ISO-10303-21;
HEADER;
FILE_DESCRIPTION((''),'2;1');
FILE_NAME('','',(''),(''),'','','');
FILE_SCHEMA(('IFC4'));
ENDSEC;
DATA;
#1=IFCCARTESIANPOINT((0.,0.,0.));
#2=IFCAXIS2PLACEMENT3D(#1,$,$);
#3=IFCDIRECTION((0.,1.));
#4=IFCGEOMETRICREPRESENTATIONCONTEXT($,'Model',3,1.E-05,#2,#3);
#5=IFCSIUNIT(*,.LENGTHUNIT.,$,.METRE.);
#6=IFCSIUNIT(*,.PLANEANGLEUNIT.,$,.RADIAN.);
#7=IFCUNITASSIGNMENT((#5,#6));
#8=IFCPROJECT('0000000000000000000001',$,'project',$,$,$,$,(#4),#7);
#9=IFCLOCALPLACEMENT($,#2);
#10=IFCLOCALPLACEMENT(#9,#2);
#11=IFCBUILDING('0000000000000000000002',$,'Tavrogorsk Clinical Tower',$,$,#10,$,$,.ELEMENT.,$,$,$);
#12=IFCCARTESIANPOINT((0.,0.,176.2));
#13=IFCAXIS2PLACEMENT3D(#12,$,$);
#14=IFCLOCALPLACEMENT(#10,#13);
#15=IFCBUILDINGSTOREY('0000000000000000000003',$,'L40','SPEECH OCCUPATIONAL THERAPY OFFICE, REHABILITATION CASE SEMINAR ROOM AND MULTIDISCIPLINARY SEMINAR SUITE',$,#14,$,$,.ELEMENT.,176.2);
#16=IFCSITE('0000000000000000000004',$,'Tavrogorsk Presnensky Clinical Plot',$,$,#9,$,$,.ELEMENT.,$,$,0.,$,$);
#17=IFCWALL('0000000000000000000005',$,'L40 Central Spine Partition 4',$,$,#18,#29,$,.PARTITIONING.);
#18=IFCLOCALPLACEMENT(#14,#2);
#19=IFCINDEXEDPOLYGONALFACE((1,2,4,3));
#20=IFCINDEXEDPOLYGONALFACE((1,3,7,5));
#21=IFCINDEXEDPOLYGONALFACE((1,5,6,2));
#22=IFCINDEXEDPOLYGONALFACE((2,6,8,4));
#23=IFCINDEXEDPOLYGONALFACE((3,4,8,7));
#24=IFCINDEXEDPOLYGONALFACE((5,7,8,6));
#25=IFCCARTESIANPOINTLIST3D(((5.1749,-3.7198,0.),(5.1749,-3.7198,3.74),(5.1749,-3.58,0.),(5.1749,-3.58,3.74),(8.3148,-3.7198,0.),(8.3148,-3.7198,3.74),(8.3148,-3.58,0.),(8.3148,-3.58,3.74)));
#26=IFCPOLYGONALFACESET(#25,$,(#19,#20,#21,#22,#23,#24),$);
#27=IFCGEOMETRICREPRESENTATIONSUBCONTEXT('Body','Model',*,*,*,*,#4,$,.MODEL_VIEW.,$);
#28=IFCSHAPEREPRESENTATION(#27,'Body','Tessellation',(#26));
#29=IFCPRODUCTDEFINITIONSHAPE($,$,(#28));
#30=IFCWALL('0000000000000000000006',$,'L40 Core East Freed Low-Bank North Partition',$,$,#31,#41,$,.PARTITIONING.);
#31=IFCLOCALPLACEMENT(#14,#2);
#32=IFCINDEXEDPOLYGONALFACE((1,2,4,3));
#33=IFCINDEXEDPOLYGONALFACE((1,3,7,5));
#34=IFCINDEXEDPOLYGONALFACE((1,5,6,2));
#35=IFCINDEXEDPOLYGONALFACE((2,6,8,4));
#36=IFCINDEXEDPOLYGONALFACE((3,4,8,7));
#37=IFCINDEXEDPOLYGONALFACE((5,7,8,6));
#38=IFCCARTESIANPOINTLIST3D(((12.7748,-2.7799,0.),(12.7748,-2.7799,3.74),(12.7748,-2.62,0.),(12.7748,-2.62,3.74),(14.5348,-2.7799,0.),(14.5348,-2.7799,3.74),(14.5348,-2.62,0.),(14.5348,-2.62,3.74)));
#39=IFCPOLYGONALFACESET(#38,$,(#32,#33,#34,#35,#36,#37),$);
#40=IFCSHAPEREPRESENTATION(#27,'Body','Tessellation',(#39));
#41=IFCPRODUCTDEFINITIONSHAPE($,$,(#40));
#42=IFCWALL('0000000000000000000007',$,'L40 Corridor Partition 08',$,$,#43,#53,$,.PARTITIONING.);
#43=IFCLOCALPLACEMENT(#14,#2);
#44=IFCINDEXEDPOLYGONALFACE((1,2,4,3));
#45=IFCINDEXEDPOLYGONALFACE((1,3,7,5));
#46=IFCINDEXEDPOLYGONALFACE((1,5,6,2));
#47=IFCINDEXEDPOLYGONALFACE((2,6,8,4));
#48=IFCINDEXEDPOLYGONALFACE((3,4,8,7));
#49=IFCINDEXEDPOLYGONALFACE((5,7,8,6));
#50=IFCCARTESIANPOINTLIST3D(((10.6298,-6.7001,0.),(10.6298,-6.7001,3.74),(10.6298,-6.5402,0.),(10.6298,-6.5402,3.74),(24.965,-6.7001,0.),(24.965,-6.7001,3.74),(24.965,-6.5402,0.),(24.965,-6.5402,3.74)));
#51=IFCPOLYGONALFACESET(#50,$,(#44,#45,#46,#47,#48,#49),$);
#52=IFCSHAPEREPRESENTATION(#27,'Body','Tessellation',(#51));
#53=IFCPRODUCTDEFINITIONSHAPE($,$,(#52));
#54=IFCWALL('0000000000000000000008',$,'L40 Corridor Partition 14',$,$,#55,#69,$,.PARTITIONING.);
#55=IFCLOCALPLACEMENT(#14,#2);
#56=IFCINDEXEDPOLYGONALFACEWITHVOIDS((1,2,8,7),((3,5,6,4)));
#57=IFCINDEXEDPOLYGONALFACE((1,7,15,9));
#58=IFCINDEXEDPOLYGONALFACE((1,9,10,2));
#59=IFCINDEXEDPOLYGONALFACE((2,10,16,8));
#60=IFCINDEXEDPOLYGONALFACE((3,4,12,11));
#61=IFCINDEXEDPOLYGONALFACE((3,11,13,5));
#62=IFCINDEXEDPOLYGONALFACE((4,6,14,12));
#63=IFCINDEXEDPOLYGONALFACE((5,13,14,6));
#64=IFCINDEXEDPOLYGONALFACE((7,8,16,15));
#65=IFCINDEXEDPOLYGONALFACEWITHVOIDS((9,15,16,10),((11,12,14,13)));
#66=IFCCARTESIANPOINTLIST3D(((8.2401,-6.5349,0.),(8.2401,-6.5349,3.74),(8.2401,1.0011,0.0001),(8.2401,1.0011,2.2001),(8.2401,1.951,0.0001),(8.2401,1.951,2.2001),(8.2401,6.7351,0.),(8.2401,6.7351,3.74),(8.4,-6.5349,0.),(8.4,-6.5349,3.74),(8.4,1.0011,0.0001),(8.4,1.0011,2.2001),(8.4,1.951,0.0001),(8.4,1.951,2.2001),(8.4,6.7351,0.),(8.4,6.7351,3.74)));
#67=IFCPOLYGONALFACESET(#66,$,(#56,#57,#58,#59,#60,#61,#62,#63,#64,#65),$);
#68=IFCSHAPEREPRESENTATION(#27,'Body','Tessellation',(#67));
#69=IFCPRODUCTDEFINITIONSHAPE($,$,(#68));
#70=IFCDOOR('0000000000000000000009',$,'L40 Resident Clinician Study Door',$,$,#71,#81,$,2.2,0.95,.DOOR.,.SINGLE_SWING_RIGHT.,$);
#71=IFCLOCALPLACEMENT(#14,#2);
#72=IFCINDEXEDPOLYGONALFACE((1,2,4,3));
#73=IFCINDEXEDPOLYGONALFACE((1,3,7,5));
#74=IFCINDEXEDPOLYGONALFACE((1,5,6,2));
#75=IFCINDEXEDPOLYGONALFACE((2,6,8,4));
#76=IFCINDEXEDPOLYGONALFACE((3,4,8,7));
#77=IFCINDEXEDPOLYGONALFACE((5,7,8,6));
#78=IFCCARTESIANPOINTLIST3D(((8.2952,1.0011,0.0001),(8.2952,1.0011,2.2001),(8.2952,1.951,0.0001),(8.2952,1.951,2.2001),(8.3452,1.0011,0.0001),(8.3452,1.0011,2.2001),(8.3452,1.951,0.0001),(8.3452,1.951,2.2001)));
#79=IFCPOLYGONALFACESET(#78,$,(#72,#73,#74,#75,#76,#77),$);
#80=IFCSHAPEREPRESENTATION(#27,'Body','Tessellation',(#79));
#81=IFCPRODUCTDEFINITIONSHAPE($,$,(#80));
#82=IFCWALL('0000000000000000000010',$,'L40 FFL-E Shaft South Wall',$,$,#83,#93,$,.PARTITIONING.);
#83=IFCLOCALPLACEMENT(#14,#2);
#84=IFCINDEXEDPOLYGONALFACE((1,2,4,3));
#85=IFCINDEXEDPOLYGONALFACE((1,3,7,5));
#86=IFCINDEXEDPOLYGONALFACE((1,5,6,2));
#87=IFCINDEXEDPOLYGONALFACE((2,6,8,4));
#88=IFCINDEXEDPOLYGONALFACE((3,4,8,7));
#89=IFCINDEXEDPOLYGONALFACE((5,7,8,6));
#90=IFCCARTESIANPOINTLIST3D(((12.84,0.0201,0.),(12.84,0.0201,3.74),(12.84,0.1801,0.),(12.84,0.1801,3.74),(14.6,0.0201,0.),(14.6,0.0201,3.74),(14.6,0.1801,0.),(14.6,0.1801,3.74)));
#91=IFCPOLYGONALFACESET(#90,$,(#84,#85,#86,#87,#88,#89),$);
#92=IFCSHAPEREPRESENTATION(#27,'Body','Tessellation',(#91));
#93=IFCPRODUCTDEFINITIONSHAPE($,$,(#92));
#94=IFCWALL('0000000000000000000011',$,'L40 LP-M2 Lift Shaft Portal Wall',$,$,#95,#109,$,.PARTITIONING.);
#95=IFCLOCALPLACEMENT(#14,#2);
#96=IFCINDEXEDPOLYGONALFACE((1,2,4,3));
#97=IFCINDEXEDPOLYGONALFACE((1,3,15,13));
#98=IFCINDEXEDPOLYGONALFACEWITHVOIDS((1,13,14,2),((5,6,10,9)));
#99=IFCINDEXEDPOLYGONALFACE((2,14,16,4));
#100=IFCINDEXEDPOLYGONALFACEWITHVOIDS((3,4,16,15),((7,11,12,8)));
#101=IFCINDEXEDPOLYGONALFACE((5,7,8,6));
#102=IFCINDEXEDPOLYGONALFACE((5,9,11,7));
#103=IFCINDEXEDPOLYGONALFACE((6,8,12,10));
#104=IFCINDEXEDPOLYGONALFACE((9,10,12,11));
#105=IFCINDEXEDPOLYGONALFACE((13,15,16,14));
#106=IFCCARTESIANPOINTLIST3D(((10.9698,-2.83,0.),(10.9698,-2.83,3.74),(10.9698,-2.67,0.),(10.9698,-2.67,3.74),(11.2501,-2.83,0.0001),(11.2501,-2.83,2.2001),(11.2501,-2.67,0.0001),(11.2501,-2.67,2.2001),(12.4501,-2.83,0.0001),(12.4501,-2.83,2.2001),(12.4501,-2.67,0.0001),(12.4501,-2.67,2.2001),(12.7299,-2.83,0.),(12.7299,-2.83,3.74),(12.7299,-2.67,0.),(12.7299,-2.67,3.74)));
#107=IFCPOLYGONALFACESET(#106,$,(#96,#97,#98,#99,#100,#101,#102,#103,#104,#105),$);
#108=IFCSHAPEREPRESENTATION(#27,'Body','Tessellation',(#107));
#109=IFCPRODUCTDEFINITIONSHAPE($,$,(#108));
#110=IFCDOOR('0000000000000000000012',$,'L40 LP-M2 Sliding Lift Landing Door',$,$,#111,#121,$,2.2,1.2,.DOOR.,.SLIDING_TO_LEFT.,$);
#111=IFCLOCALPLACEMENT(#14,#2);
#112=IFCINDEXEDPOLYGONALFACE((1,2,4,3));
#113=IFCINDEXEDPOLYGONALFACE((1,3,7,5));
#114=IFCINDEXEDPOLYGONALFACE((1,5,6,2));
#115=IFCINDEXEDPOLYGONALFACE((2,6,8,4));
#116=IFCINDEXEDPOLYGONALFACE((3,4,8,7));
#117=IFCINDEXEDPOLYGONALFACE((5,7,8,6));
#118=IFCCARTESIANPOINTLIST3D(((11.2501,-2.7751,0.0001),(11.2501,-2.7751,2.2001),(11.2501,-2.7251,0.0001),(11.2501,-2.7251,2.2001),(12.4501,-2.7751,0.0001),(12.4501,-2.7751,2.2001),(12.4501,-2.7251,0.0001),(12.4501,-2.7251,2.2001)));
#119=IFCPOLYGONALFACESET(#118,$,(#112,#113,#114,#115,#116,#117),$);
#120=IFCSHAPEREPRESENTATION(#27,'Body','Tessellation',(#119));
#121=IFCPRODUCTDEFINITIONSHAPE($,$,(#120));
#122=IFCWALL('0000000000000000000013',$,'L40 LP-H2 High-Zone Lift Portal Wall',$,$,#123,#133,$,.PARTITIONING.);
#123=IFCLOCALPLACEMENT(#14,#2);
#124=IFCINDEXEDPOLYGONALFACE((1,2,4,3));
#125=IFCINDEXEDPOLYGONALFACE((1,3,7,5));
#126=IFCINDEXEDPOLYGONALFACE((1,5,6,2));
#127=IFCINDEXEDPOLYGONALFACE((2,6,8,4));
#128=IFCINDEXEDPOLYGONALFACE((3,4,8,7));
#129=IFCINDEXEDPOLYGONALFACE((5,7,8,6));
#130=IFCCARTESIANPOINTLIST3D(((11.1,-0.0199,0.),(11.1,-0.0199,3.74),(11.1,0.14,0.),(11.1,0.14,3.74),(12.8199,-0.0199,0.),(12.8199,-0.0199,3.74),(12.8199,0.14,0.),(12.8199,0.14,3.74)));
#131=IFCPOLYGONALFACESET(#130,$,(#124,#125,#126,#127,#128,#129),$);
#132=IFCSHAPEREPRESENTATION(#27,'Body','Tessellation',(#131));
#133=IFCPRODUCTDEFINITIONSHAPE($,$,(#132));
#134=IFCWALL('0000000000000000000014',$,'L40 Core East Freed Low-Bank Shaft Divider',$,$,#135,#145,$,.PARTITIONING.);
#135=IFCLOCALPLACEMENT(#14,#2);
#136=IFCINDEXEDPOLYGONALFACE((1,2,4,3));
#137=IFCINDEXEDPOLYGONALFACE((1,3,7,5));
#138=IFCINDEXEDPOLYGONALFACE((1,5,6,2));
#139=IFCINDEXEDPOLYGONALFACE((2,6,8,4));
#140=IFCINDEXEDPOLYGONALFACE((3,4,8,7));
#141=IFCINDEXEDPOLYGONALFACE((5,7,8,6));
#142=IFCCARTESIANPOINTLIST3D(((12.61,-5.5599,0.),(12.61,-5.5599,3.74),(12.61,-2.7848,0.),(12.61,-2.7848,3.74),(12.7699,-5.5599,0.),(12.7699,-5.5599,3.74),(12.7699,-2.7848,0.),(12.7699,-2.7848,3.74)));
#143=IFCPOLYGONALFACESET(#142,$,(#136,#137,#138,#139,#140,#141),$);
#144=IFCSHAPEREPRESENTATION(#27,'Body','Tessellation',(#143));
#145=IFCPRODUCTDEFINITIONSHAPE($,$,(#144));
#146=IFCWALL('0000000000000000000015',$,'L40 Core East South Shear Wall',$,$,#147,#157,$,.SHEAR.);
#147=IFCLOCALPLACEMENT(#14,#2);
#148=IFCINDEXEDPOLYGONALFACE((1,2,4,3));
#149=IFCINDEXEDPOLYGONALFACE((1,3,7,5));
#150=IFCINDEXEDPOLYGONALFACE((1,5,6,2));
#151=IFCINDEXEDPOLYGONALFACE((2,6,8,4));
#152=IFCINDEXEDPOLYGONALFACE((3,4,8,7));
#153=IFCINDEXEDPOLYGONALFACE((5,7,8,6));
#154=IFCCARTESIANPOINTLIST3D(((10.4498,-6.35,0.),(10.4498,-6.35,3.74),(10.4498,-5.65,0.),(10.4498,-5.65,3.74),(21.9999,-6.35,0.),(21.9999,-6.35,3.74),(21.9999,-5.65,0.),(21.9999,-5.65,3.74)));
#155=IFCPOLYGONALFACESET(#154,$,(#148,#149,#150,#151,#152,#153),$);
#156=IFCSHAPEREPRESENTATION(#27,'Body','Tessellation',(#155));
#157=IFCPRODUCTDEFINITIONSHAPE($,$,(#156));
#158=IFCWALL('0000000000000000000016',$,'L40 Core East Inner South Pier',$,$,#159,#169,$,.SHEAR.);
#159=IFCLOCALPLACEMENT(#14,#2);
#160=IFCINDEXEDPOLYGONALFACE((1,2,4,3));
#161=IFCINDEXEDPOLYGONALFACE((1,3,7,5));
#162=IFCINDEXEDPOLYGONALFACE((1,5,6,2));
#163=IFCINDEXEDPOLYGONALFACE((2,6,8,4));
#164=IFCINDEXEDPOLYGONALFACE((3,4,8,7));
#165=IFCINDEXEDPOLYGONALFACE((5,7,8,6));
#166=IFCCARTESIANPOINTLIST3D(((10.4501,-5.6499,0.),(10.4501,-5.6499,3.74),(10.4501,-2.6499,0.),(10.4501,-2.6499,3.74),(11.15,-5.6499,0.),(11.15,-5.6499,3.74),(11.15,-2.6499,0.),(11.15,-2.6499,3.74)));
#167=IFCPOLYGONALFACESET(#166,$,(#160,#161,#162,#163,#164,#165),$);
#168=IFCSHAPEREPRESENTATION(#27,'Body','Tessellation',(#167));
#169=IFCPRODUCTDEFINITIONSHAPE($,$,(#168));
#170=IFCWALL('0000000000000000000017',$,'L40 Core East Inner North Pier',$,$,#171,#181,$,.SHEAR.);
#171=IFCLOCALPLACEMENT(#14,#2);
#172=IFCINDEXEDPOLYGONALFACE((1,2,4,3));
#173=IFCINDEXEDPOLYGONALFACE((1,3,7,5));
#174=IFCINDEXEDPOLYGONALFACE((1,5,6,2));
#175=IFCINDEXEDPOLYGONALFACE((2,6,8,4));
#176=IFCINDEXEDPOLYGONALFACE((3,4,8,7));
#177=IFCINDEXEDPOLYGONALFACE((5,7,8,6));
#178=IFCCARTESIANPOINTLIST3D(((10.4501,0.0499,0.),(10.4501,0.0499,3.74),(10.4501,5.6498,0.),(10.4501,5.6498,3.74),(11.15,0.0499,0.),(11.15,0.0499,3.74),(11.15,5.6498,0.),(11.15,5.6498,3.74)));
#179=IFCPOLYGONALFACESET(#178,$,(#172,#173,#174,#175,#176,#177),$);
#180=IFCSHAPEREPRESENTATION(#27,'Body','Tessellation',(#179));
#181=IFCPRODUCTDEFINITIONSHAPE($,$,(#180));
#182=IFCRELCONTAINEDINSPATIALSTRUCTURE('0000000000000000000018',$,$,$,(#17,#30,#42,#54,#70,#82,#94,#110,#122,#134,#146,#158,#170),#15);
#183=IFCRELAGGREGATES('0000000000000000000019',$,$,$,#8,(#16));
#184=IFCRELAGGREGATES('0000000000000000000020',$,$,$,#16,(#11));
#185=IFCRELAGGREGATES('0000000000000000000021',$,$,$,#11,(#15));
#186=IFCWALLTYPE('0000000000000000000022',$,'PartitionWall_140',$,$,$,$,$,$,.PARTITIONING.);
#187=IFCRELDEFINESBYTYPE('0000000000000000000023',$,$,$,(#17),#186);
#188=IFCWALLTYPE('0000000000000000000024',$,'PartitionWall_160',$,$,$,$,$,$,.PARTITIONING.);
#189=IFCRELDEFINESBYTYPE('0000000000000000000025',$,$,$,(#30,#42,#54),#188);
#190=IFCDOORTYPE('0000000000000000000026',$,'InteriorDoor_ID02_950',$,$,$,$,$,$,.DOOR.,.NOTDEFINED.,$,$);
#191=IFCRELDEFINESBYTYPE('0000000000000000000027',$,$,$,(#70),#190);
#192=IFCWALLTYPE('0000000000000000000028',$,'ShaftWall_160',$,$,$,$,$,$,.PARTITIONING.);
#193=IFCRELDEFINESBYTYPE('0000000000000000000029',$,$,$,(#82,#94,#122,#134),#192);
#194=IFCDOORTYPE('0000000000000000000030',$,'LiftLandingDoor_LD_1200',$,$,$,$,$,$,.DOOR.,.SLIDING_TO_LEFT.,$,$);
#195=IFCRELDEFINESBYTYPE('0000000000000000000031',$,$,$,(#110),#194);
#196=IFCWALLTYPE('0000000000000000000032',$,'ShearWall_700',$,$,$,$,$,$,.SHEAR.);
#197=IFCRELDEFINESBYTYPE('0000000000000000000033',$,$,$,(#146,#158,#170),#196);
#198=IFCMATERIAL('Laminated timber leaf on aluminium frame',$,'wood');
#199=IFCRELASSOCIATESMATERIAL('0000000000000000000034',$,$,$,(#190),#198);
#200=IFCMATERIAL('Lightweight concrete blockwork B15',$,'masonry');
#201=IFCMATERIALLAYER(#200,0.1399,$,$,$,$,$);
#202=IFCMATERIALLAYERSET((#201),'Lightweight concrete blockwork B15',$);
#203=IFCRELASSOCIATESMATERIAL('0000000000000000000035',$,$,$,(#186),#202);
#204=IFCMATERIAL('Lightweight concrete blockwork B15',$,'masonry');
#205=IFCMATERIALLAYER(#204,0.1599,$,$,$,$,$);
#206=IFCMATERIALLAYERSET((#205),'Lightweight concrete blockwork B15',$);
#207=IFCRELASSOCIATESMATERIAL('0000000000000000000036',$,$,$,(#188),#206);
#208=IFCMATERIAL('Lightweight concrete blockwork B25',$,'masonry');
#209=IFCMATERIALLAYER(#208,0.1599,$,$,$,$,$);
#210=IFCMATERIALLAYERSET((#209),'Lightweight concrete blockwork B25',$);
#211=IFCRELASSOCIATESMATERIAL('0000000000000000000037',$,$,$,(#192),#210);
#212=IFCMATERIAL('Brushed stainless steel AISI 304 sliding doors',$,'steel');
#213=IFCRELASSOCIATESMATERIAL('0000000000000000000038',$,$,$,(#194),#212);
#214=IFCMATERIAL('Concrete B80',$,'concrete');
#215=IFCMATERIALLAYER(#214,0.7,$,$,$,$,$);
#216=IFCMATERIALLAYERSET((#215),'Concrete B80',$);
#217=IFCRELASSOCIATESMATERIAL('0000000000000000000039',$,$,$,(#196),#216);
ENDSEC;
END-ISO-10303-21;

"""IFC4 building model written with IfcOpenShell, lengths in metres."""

from ifc_helpers import new_model, si_unit, direction, frame, frame_2d, origin, place, context, subcontext, project, spatial, rectangle, extrude, material, layer, layer_set, type_object, element, fill, save


model = new_model("IFC4")

# Units and contexts
model_context = context("Model", 3, precision=1e-05, world=origin(), true_north=direction((0.0, 1.0)))
body_context = subcontext(model_context, "Body", "Model", "MODEL_VIEW")
ifc_project = project(units=[si_unit("LENGTHUNIT", "METRE"), si_unit("PLANEANGLEUNIT", "RADIAN")], contexts=[model_context])

# Site, building, storey
site_placement = place(None, origin())
site = spatial("IfcSite", under=ifc_project, at=site_placement, Name="Tavrogorsk Presnensky Clinical Plot", CompositionType="ELEMENT", RefElevation=0.0)
building_placement = place(site_placement, origin())
building = spatial("IfcBuilding", under=site, at=building_placement, Name="Tavrogorsk Clinical Tower", CompositionType="ELEMENT")
storey_placement = place(building_placement, frame((0.0, 0.0, 176.2)))
storey = spatial("IfcBuildingStorey", under=building, at=storey_placement, Name="L40", Description="SPEECH OCCUPATIONAL THERAPY OFFICE, REHABILITATION CASE SEMINAR ROOM AND MULTIDISCIPLINARY SEMINAR SUITE", CompositionType="ELEMENT", Elevation=176.2)

# Shared definitions
ifc_material_1 = material(Name="Laminated timber leaf on aluminium frame", Category="wood")
door_type_1 = type_object("IfcDoorType", Name="InteriorDoor_ID02_950", OperationType="NOTDEFINED", PredefinedType="DOOR", material=ifc_material_1)

# Walls
ifc_material_2 = material(Name="Lightweight concrete blockwork B15", Category="masonry")
ifc_layer_1 = layer(ifc_material_2, 0.1399)
ifc_layer_set_1 = layer_set([ifc_layer_1], Name="Lightweight concrete blockwork B15")
wall_type_1 = type_object("IfcWallType", Name="PartitionWall_140", PredefinedType="PARTITIONING", material=ifc_layer_set_1)
wall_1_placement = place(storey_placement, frame((5.175, -3.6499, 0.0), z_axis=(0.0, 0.0, 1.0), x_axis=(1.0, 0.0, 0.0)))
element("IfcWall", 1, at=wall_1_placement, inside=storey, type_object=wall_type_1, Name="L40 Central Spine Partition 4", PredefinedType="PARTITIONING", context=body_context, shape_type="SweptSolid", body=[
    extrude(rectangle(XDim=3.1399, YDim=0.1399, at=frame_2d((1.5698, 0.0))), origin(), (0.0, 0.0, 1.0), 3.74),
])
ifc_material_3 = material(Name="Lightweight concrete blockwork B15", Category="masonry")
ifc_layer_2 = layer(ifc_material_3, 0.1599)
ifc_layer_set_2 = layer_set([ifc_layer_2], Name="Lightweight concrete blockwork B15")
wall_type_2 = type_object("IfcWallType", Name="PartitionWall_160", PredefinedType="PARTITIONING", material=ifc_layer_set_2)
wall_2_placement = place(storey_placement, frame((12.7749, -2.7, 0.0), z_axis=(0.0, 0.0, 1.0), x_axis=(1.0, 0.0, 0.0)))
element("IfcWall", 2, at=wall_2_placement, inside=storey, type_object=wall_type_2, Name="L40 Core East Freed Low-Bank North Partition", PredefinedType="PARTITIONING", context=body_context, shape_type="SweptSolid", body=[
    extrude(rectangle(XDim=1.76, YDim=0.1599, at=frame_2d((0.8799, 0.0))), origin(), (0.0, 0.0, 1.0), 3.74),
])
wall_3_placement = place(storey_placement, frame((10.6299, -6.6201, 0.0), z_axis=(0.0, 0.0, 1.0), x_axis=(1.0, 0.0, 0.0)))
element("IfcWall", 3, at=wall_3_placement, inside=storey, type_object=wall_type_2, Name="L40 Corridor Partition 08", PredefinedType="PARTITIONING", context=body_context, shape_type="SweptSolid", body=[
    extrude(rectangle(XDim=14.3352, YDim=0.1599, at=frame_2d((7.1675, 0.0))), origin(), (0.0, 0.0, 1.0), 3.74),
])

# Wall, opening, door
wall_4_placement = place(storey_placement, frame((8.3201, -6.5349, 0.0), z_axis=(0.0, 0.0, 1.0), x_axis=(0.0, 1.0, 0.0)))
wall_4 = element("IfcWall", 4, at=wall_4_placement, inside=storey, type_object=wall_type_2, Name="L40 Corridor Partition 14", PredefinedType="PARTITIONING", context=body_context, shape_type="SweptSolid", body=[
    extrude(rectangle(XDim=13.27, YDim=0.1599, at=frame_2d((6.635, 0.0))), origin(), (0.0, 0.0, 1.0), 3.74),
])
opening_1_placement = place(wall_4_placement, frame((7.5359, 0.0, 0.0)))
opening_1 = element("IfcOpeningElement", 5, at=opening_1_placement, cuts=wall_4, PredefinedType="OPENING", context=body_context, shape_type="SweptSolid", body=[
    extrude(rectangle(XDim=0.95, YDim=2.2, at=frame_2d((0.4751, 1.1001))), frame((0.0, 0.0898, 0.0), z_axis=(0.0, -1.0, 0.0), x_axis=(1.0, 0.0, 0.0)), (0.0, 0.0, 1.0), 0.1799),
])
door_1_placement = place(opening_1_placement, origin())
door_1 = element("IfcDoor", 6, at=door_1_placement, inside=storey, type_object=door_type_1, Name="L40 Resident Clinician Study Door", OperationType="SINGLE_SWING_RIGHT", OverallHeight=2.2, OverallWidth=0.95, PredefinedType="DOOR", context=body_context, shape_type="SweptSolid", body=[
    extrude(rectangle(XDim=0.95, YDim=2.2, at=frame_2d((0.4751, 1.1001))), frame((0.0, 0.0249, 0.0), z_axis=(0.0, -1.0, 0.0), x_axis=(1.0, 0.0, 0.0)), (0.0, 0.0, 1.0), 0.05),
])
fill(opening_1, door_1)

# Wall
ifc_material_4 = material(Name="Lightweight concrete blockwork B25", Category="masonry")
ifc_layer_3 = layer(ifc_material_4, 0.1599)
ifc_layer_set_3 = layer_set([ifc_layer_3], Name="Lightweight concrete blockwork B25")
wall_type_3 = type_object("IfcWallType", Name="ShaftWall_160", PredefinedType="PARTITIONING", material=ifc_layer_set_3)
wall_5_placement = place(storey_placement, frame((12.8401, 0.1001, 0.0), z_axis=(0.0, 0.0, 1.0), x_axis=(1.0, 0.0, 0.0)))
element("IfcWall", 7, at=wall_5_placement, inside=storey, type_object=wall_type_3, Name="L40 FFL-E Shaft South Wall", PredefinedType="PARTITIONING", context=body_context, shape_type="SweptSolid", body=[
    extrude(rectangle(XDim=1.76, YDim=0.1599, at=frame_2d((0.8799, 0.0))), origin(), (0.0, 0.0, 1.0), 3.74),
])

# Wall, opening, door
wall_6_placement = place(storey_placement, frame((10.97, -2.75, 0.0), z_axis=(0.0, 0.0, 1.0), x_axis=(1.0, 0.0, 0.0)))
wall_6 = element("IfcWall", 8, at=wall_6_placement, inside=storey, type_object=wall_type_3, Name="L40 LP-M2 Lift Shaft Portal Wall", PredefinedType="PARTITIONING", context=body_context, shape_type="SweptSolid", body=[
    extrude(rectangle(XDim=1.76, YDim=0.1599, at=frame_2d((0.8799, 0.0))), origin(), (0.0, 0.0, 1.0), 3.74),
])
opening_2_placement = place(wall_6_placement, frame((0.28, 0.0, 0.0)))
opening_2 = element("IfcOpeningElement", 9, at=opening_2_placement, cuts=wall_6, PredefinedType="OPENING", context=body_context, shape_type="SweptSolid", body=[
    extrude(rectangle(XDim=1.2, YDim=2.2, at=frame_2d((0.6001, 1.1001))), frame((0.0, 0.0898, 0.0), z_axis=(0.0, -1.0, 0.0), x_axis=(1.0, 0.0, 0.0)), (0.0, 0.0, 1.0), 0.1799),
])
ifc_material_5 = material(Name="Brushed stainless steel AISI 304 sliding doors", Category="steel")
door_type_2 = type_object("IfcDoorType", Name="LiftLandingDoor_LD_1200", OperationType="SLIDING_TO_LEFT", PredefinedType="DOOR", material=ifc_material_5)
door_2_placement = place(opening_2_placement, origin())
door_2 = element("IfcDoor", 10, at=door_2_placement, inside=storey, type_object=door_type_2, Name="L40 LP-M2 Sliding Lift Landing Door", OperationType="SLIDING_TO_LEFT", OverallHeight=2.2, OverallWidth=1.2, PredefinedType="DOOR", context=body_context, shape_type="SweptSolid", body=[
    extrude(rectangle(XDim=1.2, YDim=2.2, at=frame_2d((0.6001, 1.1001))), frame((0.0, 0.0249, 0.0), z_axis=(0.0, -1.0, 0.0), x_axis=(1.0, 0.0, 0.0)), (0.0, 0.0, 1.0), 0.05),
])
fill(opening_2, door_2)

# Walls
wall_7_placement = place(storey_placement, frame((11.1001, 0.0601, 0.0), z_axis=(0.0, 0.0, 1.0), x_axis=(1.0, 0.0, 0.0)))
element("IfcWall", 11, at=wall_7_placement, inside=storey, type_object=wall_type_3, Name="L40 LP-H2 High-Zone Lift Portal Wall", PredefinedType="PARTITIONING", context=body_context, shape_type="SweptSolid", body=[
    extrude(rectangle(XDim=1.72, YDim=0.1599, at=frame_2d((0.8599, 0.0))), origin(), (0.0, 0.0, 1.0), 3.74),
])
wall_8_placement = place(storey_placement, frame((12.6899, -5.5601, 0.0), z_axis=(0.0, 0.0, 1.0), x_axis=(0.0, 1.0, 0.0)))
element("IfcWall", 12, at=wall_8_placement, inside=storey, type_object=wall_type_3, Name="L40 Core East Freed Low-Bank Shaft Divider", PredefinedType="PARTITIONING", context=body_context, shape_type="SweptSolid", body=[
    extrude(rectangle(XDim=2.7751, YDim=0.1599, at=frame_2d((1.3877, 0.0))), origin(), (0.0, 0.0, 1.0), 3.74),
])
ifc_material_6 = material(Name="Concrete B80", Category="concrete")
ifc_layer_4 = layer(ifc_material_6, 0.7)
ifc_layer_set_4 = layer_set([ifc_layer_4], Name="Concrete B80")
wall_type_4 = type_object("IfcWallType", Name="ShearWall_700", PredefinedType="SHEAR", material=ifc_layer_set_4)
wall_9_placement = place(storey_placement, frame((10.45, -6.0, 0.0), z_axis=(0.0, 0.0, 1.0), x_axis=(1.0, 0.0, 0.0)))
element("IfcWall", 13, at=wall_9_placement, inside=storey, type_object=wall_type_4, Name="L40 Core East South Shear Wall", PredefinedType="SHEAR", context=body_context, shape_type="SweptSolid", body=[
    extrude(rectangle(XDim=11.55, YDim=0.7, at=frame_2d((5.7749, 0.0))), origin(), (0.0, 0.0, 1.0), 3.74),
])
wall_10_placement = place(storey_placement, frame((10.8, -5.6499, 0.0), z_axis=(0.0, 0.0, 1.0), x_axis=(0.0, 1.0, 0.0)))
element("IfcWall", 14, at=wall_10_placement, inside=storey, type_object=wall_type_4, Name="L40 Core East Inner South Pier", PredefinedType="SHEAR", context=body_context, shape_type="SweptSolid", body=[
    extrude(rectangle(XDim=3.0, YDim=0.7, at=frame_2d((1.5, 0.0))), origin(), (0.0, 0.0, 1.0), 3.74),
])
wall_11_placement = place(storey_placement, frame((10.8, 0.05, 0.0), z_axis=(0.0, 0.0, 1.0), x_axis=(0.0, 1.0, 0.0)))
element("IfcWall", 15, at=wall_11_placement, inside=storey, type_object=wall_type_4, Name="L40 Core East Inner North Pier", PredefinedType="SHEAR", context=body_context, shape_type="SweptSolid", body=[
    extrude(rectangle(XDim=5.5999, YDim=0.7, at=frame_2d((2.7998, 0.0))), origin(), (0.0, 0.0, 1.0), 3.74),
])

save(model, "model.ifc")
